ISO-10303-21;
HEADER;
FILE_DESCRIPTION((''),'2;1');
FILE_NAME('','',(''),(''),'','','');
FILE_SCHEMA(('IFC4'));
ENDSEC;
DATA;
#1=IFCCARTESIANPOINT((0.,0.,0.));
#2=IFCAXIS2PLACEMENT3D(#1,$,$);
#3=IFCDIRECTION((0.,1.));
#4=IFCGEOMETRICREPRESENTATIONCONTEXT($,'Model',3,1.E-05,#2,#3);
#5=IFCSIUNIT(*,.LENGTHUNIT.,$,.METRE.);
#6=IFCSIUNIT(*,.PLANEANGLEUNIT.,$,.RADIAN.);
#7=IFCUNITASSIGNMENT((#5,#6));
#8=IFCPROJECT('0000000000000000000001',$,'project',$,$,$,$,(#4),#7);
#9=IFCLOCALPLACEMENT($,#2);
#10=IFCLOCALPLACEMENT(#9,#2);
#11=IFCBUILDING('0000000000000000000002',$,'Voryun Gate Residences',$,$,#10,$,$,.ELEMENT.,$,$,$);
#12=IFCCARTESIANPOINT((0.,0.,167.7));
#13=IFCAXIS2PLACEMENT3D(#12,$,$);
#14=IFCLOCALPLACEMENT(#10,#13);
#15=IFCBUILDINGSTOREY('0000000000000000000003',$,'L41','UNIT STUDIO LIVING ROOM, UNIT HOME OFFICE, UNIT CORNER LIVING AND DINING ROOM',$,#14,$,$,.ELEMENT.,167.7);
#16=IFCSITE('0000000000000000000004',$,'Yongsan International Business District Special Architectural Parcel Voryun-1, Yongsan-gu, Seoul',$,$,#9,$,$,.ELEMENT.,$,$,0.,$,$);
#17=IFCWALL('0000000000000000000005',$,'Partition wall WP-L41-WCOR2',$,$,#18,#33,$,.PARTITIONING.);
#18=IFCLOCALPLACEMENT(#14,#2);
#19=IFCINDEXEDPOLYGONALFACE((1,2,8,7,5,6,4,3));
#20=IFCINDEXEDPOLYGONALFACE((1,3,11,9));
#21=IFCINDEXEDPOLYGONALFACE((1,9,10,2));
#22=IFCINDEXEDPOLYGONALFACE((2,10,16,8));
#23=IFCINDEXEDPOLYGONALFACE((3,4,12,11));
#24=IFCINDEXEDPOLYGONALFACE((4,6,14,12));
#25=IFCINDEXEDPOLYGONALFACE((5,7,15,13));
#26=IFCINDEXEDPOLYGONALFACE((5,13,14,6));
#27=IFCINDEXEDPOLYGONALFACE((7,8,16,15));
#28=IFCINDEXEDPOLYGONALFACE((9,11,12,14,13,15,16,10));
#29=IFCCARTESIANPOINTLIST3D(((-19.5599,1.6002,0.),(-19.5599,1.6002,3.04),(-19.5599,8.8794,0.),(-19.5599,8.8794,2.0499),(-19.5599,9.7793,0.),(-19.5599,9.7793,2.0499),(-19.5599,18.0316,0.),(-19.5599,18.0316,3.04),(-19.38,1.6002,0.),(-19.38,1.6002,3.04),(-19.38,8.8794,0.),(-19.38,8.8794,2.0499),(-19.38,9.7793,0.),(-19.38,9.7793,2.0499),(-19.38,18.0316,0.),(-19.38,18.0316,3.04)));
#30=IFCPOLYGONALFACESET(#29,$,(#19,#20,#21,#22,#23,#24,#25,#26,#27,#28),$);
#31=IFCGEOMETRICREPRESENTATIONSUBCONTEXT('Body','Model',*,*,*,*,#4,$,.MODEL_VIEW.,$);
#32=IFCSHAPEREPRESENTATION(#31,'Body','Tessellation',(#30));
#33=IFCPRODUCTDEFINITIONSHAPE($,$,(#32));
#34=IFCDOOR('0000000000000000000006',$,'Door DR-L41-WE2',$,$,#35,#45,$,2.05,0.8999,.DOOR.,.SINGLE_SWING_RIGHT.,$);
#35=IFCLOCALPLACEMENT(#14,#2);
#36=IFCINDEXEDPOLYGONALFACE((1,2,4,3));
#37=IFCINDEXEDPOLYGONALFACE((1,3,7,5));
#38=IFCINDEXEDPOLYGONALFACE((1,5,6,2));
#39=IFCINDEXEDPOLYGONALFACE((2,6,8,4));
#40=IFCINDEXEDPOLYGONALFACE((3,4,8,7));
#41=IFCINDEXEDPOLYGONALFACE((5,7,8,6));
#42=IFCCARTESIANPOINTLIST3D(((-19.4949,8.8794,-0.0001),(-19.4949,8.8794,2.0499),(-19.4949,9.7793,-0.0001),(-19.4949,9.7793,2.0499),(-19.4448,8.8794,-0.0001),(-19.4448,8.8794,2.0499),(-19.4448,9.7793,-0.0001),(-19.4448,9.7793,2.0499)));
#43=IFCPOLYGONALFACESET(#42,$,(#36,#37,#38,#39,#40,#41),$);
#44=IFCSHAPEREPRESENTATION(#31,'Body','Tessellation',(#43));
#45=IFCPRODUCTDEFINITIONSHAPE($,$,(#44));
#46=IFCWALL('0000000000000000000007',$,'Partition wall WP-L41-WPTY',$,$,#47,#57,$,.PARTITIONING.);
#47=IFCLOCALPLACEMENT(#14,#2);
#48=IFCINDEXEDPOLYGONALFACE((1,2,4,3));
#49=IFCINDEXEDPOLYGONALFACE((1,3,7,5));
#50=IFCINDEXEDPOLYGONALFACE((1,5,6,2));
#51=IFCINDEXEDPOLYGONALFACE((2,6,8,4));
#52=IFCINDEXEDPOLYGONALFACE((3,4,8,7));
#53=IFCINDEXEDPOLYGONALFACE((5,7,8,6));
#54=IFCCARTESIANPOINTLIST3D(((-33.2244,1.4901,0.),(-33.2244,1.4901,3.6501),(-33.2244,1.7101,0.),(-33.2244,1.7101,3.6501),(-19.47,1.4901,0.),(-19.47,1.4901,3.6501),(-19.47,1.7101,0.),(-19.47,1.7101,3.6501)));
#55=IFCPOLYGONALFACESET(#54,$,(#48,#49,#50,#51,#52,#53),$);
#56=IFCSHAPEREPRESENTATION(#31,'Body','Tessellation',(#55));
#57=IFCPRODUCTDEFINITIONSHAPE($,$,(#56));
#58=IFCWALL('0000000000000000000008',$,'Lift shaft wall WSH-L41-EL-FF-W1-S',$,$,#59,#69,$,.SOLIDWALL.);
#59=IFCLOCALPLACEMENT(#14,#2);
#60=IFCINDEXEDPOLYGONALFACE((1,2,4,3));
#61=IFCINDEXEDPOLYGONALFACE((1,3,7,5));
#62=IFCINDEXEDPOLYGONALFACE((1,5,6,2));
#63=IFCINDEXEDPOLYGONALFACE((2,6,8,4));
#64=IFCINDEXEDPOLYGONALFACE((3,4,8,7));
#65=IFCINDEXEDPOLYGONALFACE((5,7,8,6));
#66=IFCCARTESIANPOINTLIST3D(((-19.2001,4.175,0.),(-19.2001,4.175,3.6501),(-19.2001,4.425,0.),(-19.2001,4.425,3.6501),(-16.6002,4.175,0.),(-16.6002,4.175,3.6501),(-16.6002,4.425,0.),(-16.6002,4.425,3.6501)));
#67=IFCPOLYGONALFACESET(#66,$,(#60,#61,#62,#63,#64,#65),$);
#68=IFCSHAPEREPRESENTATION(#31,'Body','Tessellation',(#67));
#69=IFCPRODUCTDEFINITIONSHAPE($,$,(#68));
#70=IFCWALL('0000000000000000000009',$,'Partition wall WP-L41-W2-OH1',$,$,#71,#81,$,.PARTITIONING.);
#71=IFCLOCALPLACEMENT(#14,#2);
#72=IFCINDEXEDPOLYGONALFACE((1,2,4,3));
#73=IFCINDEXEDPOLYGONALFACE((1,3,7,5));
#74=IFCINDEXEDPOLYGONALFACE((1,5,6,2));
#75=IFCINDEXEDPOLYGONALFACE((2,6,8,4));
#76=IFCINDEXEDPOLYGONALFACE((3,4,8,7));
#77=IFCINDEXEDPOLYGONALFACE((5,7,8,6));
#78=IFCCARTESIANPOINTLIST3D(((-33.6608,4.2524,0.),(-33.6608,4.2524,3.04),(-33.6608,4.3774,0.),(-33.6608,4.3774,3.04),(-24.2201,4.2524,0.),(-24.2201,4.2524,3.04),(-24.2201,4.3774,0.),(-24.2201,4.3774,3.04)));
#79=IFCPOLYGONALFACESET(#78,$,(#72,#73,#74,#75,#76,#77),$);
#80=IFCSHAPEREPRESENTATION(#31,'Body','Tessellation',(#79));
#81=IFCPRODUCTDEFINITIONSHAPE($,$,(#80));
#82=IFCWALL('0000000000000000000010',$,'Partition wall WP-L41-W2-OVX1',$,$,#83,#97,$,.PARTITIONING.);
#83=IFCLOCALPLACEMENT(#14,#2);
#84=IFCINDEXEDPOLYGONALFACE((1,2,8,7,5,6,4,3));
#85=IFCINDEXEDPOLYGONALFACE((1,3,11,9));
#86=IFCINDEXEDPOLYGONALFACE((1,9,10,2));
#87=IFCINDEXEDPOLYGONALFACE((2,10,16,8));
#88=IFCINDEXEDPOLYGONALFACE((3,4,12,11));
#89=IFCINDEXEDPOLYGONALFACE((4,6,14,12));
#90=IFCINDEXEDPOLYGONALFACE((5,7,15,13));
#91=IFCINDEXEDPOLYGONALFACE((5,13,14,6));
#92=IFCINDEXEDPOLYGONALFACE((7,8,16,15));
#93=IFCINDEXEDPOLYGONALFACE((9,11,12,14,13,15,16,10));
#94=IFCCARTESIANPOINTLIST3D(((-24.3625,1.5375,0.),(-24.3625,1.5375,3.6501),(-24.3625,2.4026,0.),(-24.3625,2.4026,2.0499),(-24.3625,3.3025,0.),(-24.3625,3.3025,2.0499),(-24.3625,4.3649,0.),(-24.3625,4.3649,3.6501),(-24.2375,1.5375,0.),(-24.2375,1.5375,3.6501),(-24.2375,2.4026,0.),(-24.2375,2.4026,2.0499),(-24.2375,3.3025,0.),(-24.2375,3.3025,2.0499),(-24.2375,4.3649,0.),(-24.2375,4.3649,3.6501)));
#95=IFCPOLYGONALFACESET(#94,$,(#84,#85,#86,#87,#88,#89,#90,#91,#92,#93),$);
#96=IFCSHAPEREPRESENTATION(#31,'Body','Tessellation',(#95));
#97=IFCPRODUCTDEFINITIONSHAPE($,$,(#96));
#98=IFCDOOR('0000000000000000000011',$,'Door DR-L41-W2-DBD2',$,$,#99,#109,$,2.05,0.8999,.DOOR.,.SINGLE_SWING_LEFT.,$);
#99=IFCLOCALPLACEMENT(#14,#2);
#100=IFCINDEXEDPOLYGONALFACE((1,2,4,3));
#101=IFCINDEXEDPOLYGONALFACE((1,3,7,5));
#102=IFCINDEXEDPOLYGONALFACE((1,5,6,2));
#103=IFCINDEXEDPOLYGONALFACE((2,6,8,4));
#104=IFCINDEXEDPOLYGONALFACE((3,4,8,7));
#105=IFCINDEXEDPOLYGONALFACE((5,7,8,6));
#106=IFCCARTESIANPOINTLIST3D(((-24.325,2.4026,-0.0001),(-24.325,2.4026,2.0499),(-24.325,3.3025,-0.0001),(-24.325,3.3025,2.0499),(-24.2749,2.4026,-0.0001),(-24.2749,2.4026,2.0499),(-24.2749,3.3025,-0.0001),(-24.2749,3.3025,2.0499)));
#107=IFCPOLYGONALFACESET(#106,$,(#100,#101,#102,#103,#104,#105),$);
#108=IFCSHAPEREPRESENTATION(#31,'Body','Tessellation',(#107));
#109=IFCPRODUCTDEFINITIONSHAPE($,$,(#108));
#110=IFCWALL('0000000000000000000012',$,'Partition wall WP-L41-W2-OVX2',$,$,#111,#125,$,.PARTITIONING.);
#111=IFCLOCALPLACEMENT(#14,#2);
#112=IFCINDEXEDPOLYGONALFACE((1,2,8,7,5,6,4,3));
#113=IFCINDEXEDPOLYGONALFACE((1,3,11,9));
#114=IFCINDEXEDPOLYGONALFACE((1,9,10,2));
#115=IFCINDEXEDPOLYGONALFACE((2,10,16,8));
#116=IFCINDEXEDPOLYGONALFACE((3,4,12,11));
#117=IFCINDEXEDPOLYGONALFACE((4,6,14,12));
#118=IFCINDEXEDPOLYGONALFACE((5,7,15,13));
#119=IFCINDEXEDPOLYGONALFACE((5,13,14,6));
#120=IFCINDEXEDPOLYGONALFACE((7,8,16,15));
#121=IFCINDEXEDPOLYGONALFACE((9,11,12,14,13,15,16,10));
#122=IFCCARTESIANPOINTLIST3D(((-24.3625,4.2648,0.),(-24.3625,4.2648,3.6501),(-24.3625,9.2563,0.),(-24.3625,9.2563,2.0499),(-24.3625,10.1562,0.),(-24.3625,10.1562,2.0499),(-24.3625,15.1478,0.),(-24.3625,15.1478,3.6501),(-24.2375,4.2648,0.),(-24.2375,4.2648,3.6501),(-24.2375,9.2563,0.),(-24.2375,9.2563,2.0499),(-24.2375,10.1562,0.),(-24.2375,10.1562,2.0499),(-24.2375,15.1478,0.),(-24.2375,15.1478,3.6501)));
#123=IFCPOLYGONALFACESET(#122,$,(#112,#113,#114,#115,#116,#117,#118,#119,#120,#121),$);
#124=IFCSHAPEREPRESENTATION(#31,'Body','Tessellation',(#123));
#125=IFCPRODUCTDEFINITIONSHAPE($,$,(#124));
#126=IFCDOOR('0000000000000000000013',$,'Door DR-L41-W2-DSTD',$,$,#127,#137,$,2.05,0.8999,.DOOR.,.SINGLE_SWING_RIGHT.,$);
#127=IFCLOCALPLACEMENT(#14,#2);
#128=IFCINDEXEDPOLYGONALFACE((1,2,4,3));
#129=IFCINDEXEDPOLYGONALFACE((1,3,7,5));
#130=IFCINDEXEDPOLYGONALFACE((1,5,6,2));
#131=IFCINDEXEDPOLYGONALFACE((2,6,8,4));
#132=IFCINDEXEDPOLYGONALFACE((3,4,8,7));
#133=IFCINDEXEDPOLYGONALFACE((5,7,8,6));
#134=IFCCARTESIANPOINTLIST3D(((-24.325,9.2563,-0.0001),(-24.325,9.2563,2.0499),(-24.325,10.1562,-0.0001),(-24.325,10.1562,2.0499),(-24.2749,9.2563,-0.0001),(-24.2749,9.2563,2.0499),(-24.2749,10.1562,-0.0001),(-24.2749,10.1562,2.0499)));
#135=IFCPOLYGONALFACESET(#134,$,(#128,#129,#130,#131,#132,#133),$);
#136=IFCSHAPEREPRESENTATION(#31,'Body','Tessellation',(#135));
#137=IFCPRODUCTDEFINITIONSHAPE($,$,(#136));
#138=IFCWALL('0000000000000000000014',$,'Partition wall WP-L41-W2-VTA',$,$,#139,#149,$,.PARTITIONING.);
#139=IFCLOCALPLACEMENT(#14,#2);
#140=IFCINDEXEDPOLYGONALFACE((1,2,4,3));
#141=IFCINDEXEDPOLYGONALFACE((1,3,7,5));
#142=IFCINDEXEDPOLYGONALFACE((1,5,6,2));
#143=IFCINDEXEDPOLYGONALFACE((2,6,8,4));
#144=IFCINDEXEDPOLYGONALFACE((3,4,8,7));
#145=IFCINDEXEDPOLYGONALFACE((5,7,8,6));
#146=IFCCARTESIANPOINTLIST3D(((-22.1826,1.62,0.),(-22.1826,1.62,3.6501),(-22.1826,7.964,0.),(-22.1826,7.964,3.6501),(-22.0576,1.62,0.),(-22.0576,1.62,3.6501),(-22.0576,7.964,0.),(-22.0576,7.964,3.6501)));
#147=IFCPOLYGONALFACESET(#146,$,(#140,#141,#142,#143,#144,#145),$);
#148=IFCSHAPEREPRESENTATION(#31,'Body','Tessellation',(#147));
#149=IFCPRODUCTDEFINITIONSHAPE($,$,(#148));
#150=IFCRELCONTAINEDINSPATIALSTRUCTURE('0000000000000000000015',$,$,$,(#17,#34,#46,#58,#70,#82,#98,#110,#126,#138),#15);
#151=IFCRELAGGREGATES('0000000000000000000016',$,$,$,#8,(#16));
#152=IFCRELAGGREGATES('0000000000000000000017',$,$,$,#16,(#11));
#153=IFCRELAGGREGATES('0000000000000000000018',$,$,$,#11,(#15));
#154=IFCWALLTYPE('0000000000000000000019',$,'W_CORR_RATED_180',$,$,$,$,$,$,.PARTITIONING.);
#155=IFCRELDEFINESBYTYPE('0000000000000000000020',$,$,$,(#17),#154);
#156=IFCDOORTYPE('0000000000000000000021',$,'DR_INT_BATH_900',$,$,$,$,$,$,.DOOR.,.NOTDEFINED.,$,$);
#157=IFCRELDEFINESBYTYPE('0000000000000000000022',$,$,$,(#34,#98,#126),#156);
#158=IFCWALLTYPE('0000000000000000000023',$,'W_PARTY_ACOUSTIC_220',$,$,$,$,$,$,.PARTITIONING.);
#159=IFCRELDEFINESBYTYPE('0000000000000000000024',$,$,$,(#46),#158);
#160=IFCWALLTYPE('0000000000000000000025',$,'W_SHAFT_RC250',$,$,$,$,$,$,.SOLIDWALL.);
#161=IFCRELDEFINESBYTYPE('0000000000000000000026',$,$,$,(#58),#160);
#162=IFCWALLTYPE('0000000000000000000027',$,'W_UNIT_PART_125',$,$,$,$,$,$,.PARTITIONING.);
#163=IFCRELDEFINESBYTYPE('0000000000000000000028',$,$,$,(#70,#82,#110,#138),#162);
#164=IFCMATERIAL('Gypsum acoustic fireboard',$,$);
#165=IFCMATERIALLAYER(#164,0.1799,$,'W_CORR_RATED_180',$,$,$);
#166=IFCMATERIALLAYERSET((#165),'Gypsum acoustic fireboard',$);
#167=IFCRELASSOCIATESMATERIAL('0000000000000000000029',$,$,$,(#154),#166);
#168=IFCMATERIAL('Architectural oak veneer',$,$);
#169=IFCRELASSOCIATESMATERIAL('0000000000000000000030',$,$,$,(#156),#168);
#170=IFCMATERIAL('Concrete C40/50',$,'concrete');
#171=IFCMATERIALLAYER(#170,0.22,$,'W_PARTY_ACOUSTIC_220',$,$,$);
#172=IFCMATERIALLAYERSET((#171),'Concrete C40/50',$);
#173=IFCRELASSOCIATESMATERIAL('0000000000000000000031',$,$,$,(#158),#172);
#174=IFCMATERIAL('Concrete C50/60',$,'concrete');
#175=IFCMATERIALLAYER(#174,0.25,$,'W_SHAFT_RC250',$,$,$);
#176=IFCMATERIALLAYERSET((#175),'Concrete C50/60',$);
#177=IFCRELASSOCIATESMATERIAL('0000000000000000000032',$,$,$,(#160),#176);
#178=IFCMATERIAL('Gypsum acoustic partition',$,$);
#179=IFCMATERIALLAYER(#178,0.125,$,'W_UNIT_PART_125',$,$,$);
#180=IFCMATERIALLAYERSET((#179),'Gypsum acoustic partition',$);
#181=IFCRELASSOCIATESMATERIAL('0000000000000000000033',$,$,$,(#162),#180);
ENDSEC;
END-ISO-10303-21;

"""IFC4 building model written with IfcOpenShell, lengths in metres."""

from ifc_helpers import new_model, si_unit, direction, frame, frame_2d, origin, place, context, subcontext, project, spatial, rectangle, extrude, material, layer, layer_set, type_object, element, fill, save


model = new_model("IFC4")

# Units and contexts
model_context = context("Model", 3, precision=1e-05, world=origin(), true_north=direction((0.0, 1.0)))
body_context = subcontext(model_context, "Body", "Model", "MODEL_VIEW")
ifc_project = project(units=[si_unit("LENGTHUNIT", "METRE"), si_unit("PLANEANGLEUNIT", "RADIAN")], contexts=[model_context])

# Site, building, storey
site_placement = place(None, origin())
site = spatial("IfcSite", under=ifc_project, at=site_placement, Name="Yongsan International Business District Special Architectural Parcel Voryun-1, Yongsan-gu, Seoul", CompositionType="ELEMENT", RefElevation=0.0)
building_placement = place(site_placement, origin())
building = spatial("IfcBuilding", under=site, at=building_placement, Name="Voryun Gate Residences", CompositionType="ELEMENT")
storey_placement = place(building_placement, frame((0.0, 0.0, 167.7)))
storey = spatial("IfcBuildingStorey", under=building, at=storey_placement, Name="L41", Description="UNIT STUDIO LIVING ROOM, UNIT HOME OFFICE, UNIT CORNER LIVING AND DINING ROOM", CompositionType="ELEMENT", Elevation=167.7)

# Wall, opening, door
ifc_material_1 = material(Name="Gypsum acoustic fireboard")
ifc_layer_1 = layer(ifc_material_1, 0.1799, Name="W_CORR_RATED_180")
ifc_layer_set_1 = layer_set([ifc_layer_1], Name="Gypsum acoustic fireboard")
wall_type_1 = type_object("IfcWallType", Name="W_CORR_RATED_180", PredefinedType="PARTITIONING", material=ifc_layer_set_1)
wall_1_placement = place(storey_placement, frame((-19.47, 1.6001, 0.0), z_axis=(0.0, 0.0, 1.0), x_axis=(0.0, 1.0, 0.0)))
wall_1 = element("IfcWall", 1, at=wall_1_placement, inside=storey, type_object=wall_type_1, Name="Partition wall WP-L41-WCOR2", PredefinedType="PARTITIONING", context=body_context, shape_type="SweptSolid", body=[
    extrude(rectangle(XDim=16.4314, YDim=0.1799, at=frame_2d((8.2158, 0.0))), origin(), (0.0, 0.0, 1.0), 3.04),
])
opening_1_placement = place(wall_1_placement, frame((7.2793, 0.0, 0.0)))
opening_1 = element("IfcOpeningElement", 2, at=opening_1_placement, cuts=wall_1, PredefinedType="OPENING", context=body_context, shape_type="SweptSolid", body=[
    extrude(rectangle(XDim=0.8999, YDim=2.05, at=frame_2d((0.45, 1.0249))), frame((0.0, 0.0999, 0.0), z_axis=(0.0, -1.0, 0.0), x_axis=(1.0, 0.0, 0.0)), (0.0, 0.0, 1.0), 0.2),
])
ifc_material_2 = material(Name="Architectural oak veneer")
door_type_1 = type_object("IfcDoorType", Name="DR_INT_BATH_900", OperationType="NOTDEFINED", PredefinedType="DOOR", material=ifc_material_2)
door_1_placement = place(opening_1_placement, origin())
door_1 = element("IfcDoor", 3, at=door_1_placement, inside=storey, type_object=door_type_1, Name="Door DR-L41-WE2", OperationType="SINGLE_SWING_RIGHT", OverallHeight=2.05, OverallWidth=0.8999, PredefinedType="DOOR", context=body_context, shape_type="SweptSolid", body=[
    extrude(rectangle(XDim=0.8999, YDim=2.05, at=frame_2d((0.45, 1.0249))), frame((0.0, 0.0249, 0.0), z_axis=(0.0, -1.0, 0.0), x_axis=(1.0, 0.0, 0.0)), (0.0, 0.0, 1.0), 0.05),
])
fill(opening_1, door_1)

# Walls
ifc_material_3 = material(Name="Concrete C40/50", Category="concrete")
ifc_layer_2 = layer(ifc_material_3, 0.22, Name="W_PARTY_ACOUSTIC_220")
ifc_layer_set_2 = layer_set([ifc_layer_2], Name="Concrete C40/50")
wall_type_2 = type_object("IfcWallType", Name="W_PARTY_ACOUSTIC_220", PredefinedType="PARTITIONING", material=ifc_layer_set_2)
wall_2_placement = place(storey_placement, frame((-19.47, 1.6001, 0.0), z_axis=(0.0, 0.0, 1.0), x_axis=(-1.0, 0.0, 0.0)))
element("IfcWall", 4, at=wall_2_placement, inside=storey, type_object=wall_type_2, Name="Partition wall WP-L41-WPTY", PredefinedType="PARTITIONING", context=body_context, shape_type="SweptSolid", body=[
    extrude(rectangle(XDim=13.7544, YDim=0.22, at=frame_2d((6.8772, 0.0))), origin(), (0.0, 0.0, 1.0), 3.6501),
])
ifc_material_4 = material(Name="Concrete C50/60", Category="concrete")
ifc_layer_3 = layer(ifc_material_4, 0.25, Name="W_SHAFT_RC250")
ifc_layer_set_3 = layer_set([ifc_layer_3], Name="Concrete C50/60")
wall_type_3 = type_object("IfcWallType", Name="W_SHAFT_RC250", PredefinedType="SOLIDWALL", material=ifc_layer_set_3)
wall_3_placement = place(storey_placement, frame((-19.2, 4.3, 0.0), z_axis=(0.0, 0.0, 1.0), x_axis=(1.0, 0.0, 0.0)))
element("IfcWall", 5, at=wall_3_placement, inside=storey, type_object=wall_type_3, Name="Lift shaft wall WSH-L41-EL-FF-W1-S", PredefinedType="SOLIDWALL", context=body_context, shape_type="SweptSolid", body=[
    extrude(rectangle(XDim=2.5999, YDim=0.25, at=frame_2d((1.2998, 0.0))), origin(), (0.0, 0.0, 1.0), 3.6501),
])
ifc_material_5 = material(Name="Gypsum acoustic partition")
ifc_layer_4 = layer(ifc_material_5, 0.125, Name="W_UNIT_PART_125")
ifc_layer_set_4 = layer_set([ifc_layer_4], Name="Gypsum acoustic partition")
wall_type_4 = type_object("IfcWallType", Name="W_UNIT_PART_125", PredefinedType="PARTITIONING", material=ifc_layer_set_4)
wall_4_placement = place(storey_placement, frame((-33.6606, 4.3149, 0.0), z_axis=(0.0, 0.0, 1.0), x_axis=(1.0, 0.0, 0.0)))
element("IfcWall", 6, at=wall_4_placement, inside=storey, type_object=wall_type_4, Name="Partition wall WP-L41-W2-OH1", PredefinedType="PARTITIONING", context=body_context, shape_type="SweptSolid", body=[
    extrude(rectangle(XDim=9.4407, YDim=0.125, at=frame_2d((4.7202, 0.0))), origin(), (0.0, 0.0, 1.0), 3.04),
])

# Walls, openings, doors
wall_5_placement = place(storey_placement, frame((-24.3, 1.5376, 0.0), z_axis=(0.0, 0.0, 1.0), x_axis=(0.0, 1.0, 0.0)))
wall_5 = element("IfcWall", 7, at=wall_5_placement, inside=storey, type_object=wall_type_4, Name="Partition wall WP-L41-W2-OVX1", PredefinedType="PARTITIONING", context=body_context, shape_type="SweptSolid", body=[
    extrude(rectangle(XDim=2.8274, YDim=0.125, at=frame_2d((1.4136, 0.0))), origin(), (0.0, 0.0, 1.0), 3.6501),
])
opening_2_placement = place(wall_5_placement, frame((0.865, 0.0, 0.0)))
opening_2 = element("IfcOpeningElement", 8, at=opening_2_placement, cuts=wall_5, PredefinedType="OPENING", context=body_context, shape_type="SweptSolid", body=[
    extrude(rectangle(XDim=0.8999, YDim=2.05, at=frame_2d((0.45, 1.0249))), frame((0.0, 0.0725, 0.0), z_axis=(0.0, -1.0, 0.0), x_axis=(1.0, 0.0, 0.0)), (0.0, 0.0, 1.0), 0.145),
])
door_2_placement = place(opening_2_placement, origin())
door_2 = element("IfcDoor", 9, at=door_2_placement, inside=storey, type_object=door_type_1, Name="Door DR-L41-W2-DBD2", OperationType="SINGLE_SWING_LEFT", OverallHeight=2.05, OverallWidth=0.8999, PredefinedType="DOOR", context=body_context, shape_type="SweptSolid", body=[
    extrude(rectangle(XDim=0.8999, YDim=2.05, at=frame_2d((0.45, 1.0249))), frame((0.0, 0.0249, 0.0), z_axis=(0.0, -1.0, 0.0), x_axis=(1.0, 0.0, 0.0)), (0.0, 0.0, 1.0), 0.05),
])
fill(opening_2, door_2)
wall_6_placement = place(storey_placement, frame((-24.3, 4.2649, 0.0), z_axis=(0.0, 0.0, 1.0), x_axis=(0.0, 1.0, 0.0)))
wall_6 = element("IfcWall", 10, at=wall_6_placement, inside=storey, type_object=wall_type_4, Name="Partition wall WP-L41-W2-OVX2", PredefinedType="PARTITIONING", context=body_context, shape_type="SweptSolid", body=[
    extrude(rectangle(XDim=10.8831, YDim=0.125, at=frame_2d((5.4414, 0.0))), origin(), (0.0, 0.0, 1.0), 3.6501),
])
opening_3_placement = place(wall_6_placement, frame((4.9915, 0.0, 0.0)))
opening_3 = element("IfcOpeningElement", 11, at=opening_3_placement, cuts=wall_6, PredefinedType="OPENING", context=body_context, shape_type="SweptSolid", body=[
    extrude(rectangle(XDim=0.8999, YDim=2.05, at=frame_2d((0.45, 1.0249))), frame((0.0, 0.0725, 0.0), z_axis=(0.0, -1.0, 0.0), x_axis=(1.0, 0.0, 0.0)), (0.0, 0.0, 1.0), 0.145),
])
door_3_placement = place(opening_3_placement, origin())
door_3 = element("IfcDoor", 12, at=door_3_placement, inside=storey, type_object=door_type_1, Name="Door DR-L41-W2-DSTD", OperationType="SINGLE_SWING_RIGHT", OverallHeight=2.05, OverallWidth=0.8999, PredefinedType="DOOR", context=body_context, shape_type="SweptSolid", body=[
    extrude(rectangle(XDim=0.8999, YDim=2.05, at=frame_2d((0.45, 1.0249))), frame((0.0, 0.0249, 0.0), z_axis=(0.0, -1.0, 0.0), x_axis=(1.0, 0.0, 0.0)), (0.0, 0.0, 1.0), 0.05),
])
fill(opening_3, door_3)

# Wall
wall_7_placement = place(storey_placement, frame((-22.1201, 1.6201, 0.0), z_axis=(0.0, 0.0, 1.0), x_axis=(0.0, 1.0, 0.0)))
element("IfcWall", 13, at=wall_7_placement, inside=storey, type_object=wall_type_4, Name="Partition wall WP-L41-W2-VTA", PredefinedType="PARTITIONING", context=body_context, shape_type="SweptSolid", body=[
    extrude(rectangle(XDim=6.344, YDim=0.125, at=frame_2d((3.1719, 0.0))), origin(), (0.0, 0.0, 1.0), 3.6501),
])

save(model, "model.ifc")
